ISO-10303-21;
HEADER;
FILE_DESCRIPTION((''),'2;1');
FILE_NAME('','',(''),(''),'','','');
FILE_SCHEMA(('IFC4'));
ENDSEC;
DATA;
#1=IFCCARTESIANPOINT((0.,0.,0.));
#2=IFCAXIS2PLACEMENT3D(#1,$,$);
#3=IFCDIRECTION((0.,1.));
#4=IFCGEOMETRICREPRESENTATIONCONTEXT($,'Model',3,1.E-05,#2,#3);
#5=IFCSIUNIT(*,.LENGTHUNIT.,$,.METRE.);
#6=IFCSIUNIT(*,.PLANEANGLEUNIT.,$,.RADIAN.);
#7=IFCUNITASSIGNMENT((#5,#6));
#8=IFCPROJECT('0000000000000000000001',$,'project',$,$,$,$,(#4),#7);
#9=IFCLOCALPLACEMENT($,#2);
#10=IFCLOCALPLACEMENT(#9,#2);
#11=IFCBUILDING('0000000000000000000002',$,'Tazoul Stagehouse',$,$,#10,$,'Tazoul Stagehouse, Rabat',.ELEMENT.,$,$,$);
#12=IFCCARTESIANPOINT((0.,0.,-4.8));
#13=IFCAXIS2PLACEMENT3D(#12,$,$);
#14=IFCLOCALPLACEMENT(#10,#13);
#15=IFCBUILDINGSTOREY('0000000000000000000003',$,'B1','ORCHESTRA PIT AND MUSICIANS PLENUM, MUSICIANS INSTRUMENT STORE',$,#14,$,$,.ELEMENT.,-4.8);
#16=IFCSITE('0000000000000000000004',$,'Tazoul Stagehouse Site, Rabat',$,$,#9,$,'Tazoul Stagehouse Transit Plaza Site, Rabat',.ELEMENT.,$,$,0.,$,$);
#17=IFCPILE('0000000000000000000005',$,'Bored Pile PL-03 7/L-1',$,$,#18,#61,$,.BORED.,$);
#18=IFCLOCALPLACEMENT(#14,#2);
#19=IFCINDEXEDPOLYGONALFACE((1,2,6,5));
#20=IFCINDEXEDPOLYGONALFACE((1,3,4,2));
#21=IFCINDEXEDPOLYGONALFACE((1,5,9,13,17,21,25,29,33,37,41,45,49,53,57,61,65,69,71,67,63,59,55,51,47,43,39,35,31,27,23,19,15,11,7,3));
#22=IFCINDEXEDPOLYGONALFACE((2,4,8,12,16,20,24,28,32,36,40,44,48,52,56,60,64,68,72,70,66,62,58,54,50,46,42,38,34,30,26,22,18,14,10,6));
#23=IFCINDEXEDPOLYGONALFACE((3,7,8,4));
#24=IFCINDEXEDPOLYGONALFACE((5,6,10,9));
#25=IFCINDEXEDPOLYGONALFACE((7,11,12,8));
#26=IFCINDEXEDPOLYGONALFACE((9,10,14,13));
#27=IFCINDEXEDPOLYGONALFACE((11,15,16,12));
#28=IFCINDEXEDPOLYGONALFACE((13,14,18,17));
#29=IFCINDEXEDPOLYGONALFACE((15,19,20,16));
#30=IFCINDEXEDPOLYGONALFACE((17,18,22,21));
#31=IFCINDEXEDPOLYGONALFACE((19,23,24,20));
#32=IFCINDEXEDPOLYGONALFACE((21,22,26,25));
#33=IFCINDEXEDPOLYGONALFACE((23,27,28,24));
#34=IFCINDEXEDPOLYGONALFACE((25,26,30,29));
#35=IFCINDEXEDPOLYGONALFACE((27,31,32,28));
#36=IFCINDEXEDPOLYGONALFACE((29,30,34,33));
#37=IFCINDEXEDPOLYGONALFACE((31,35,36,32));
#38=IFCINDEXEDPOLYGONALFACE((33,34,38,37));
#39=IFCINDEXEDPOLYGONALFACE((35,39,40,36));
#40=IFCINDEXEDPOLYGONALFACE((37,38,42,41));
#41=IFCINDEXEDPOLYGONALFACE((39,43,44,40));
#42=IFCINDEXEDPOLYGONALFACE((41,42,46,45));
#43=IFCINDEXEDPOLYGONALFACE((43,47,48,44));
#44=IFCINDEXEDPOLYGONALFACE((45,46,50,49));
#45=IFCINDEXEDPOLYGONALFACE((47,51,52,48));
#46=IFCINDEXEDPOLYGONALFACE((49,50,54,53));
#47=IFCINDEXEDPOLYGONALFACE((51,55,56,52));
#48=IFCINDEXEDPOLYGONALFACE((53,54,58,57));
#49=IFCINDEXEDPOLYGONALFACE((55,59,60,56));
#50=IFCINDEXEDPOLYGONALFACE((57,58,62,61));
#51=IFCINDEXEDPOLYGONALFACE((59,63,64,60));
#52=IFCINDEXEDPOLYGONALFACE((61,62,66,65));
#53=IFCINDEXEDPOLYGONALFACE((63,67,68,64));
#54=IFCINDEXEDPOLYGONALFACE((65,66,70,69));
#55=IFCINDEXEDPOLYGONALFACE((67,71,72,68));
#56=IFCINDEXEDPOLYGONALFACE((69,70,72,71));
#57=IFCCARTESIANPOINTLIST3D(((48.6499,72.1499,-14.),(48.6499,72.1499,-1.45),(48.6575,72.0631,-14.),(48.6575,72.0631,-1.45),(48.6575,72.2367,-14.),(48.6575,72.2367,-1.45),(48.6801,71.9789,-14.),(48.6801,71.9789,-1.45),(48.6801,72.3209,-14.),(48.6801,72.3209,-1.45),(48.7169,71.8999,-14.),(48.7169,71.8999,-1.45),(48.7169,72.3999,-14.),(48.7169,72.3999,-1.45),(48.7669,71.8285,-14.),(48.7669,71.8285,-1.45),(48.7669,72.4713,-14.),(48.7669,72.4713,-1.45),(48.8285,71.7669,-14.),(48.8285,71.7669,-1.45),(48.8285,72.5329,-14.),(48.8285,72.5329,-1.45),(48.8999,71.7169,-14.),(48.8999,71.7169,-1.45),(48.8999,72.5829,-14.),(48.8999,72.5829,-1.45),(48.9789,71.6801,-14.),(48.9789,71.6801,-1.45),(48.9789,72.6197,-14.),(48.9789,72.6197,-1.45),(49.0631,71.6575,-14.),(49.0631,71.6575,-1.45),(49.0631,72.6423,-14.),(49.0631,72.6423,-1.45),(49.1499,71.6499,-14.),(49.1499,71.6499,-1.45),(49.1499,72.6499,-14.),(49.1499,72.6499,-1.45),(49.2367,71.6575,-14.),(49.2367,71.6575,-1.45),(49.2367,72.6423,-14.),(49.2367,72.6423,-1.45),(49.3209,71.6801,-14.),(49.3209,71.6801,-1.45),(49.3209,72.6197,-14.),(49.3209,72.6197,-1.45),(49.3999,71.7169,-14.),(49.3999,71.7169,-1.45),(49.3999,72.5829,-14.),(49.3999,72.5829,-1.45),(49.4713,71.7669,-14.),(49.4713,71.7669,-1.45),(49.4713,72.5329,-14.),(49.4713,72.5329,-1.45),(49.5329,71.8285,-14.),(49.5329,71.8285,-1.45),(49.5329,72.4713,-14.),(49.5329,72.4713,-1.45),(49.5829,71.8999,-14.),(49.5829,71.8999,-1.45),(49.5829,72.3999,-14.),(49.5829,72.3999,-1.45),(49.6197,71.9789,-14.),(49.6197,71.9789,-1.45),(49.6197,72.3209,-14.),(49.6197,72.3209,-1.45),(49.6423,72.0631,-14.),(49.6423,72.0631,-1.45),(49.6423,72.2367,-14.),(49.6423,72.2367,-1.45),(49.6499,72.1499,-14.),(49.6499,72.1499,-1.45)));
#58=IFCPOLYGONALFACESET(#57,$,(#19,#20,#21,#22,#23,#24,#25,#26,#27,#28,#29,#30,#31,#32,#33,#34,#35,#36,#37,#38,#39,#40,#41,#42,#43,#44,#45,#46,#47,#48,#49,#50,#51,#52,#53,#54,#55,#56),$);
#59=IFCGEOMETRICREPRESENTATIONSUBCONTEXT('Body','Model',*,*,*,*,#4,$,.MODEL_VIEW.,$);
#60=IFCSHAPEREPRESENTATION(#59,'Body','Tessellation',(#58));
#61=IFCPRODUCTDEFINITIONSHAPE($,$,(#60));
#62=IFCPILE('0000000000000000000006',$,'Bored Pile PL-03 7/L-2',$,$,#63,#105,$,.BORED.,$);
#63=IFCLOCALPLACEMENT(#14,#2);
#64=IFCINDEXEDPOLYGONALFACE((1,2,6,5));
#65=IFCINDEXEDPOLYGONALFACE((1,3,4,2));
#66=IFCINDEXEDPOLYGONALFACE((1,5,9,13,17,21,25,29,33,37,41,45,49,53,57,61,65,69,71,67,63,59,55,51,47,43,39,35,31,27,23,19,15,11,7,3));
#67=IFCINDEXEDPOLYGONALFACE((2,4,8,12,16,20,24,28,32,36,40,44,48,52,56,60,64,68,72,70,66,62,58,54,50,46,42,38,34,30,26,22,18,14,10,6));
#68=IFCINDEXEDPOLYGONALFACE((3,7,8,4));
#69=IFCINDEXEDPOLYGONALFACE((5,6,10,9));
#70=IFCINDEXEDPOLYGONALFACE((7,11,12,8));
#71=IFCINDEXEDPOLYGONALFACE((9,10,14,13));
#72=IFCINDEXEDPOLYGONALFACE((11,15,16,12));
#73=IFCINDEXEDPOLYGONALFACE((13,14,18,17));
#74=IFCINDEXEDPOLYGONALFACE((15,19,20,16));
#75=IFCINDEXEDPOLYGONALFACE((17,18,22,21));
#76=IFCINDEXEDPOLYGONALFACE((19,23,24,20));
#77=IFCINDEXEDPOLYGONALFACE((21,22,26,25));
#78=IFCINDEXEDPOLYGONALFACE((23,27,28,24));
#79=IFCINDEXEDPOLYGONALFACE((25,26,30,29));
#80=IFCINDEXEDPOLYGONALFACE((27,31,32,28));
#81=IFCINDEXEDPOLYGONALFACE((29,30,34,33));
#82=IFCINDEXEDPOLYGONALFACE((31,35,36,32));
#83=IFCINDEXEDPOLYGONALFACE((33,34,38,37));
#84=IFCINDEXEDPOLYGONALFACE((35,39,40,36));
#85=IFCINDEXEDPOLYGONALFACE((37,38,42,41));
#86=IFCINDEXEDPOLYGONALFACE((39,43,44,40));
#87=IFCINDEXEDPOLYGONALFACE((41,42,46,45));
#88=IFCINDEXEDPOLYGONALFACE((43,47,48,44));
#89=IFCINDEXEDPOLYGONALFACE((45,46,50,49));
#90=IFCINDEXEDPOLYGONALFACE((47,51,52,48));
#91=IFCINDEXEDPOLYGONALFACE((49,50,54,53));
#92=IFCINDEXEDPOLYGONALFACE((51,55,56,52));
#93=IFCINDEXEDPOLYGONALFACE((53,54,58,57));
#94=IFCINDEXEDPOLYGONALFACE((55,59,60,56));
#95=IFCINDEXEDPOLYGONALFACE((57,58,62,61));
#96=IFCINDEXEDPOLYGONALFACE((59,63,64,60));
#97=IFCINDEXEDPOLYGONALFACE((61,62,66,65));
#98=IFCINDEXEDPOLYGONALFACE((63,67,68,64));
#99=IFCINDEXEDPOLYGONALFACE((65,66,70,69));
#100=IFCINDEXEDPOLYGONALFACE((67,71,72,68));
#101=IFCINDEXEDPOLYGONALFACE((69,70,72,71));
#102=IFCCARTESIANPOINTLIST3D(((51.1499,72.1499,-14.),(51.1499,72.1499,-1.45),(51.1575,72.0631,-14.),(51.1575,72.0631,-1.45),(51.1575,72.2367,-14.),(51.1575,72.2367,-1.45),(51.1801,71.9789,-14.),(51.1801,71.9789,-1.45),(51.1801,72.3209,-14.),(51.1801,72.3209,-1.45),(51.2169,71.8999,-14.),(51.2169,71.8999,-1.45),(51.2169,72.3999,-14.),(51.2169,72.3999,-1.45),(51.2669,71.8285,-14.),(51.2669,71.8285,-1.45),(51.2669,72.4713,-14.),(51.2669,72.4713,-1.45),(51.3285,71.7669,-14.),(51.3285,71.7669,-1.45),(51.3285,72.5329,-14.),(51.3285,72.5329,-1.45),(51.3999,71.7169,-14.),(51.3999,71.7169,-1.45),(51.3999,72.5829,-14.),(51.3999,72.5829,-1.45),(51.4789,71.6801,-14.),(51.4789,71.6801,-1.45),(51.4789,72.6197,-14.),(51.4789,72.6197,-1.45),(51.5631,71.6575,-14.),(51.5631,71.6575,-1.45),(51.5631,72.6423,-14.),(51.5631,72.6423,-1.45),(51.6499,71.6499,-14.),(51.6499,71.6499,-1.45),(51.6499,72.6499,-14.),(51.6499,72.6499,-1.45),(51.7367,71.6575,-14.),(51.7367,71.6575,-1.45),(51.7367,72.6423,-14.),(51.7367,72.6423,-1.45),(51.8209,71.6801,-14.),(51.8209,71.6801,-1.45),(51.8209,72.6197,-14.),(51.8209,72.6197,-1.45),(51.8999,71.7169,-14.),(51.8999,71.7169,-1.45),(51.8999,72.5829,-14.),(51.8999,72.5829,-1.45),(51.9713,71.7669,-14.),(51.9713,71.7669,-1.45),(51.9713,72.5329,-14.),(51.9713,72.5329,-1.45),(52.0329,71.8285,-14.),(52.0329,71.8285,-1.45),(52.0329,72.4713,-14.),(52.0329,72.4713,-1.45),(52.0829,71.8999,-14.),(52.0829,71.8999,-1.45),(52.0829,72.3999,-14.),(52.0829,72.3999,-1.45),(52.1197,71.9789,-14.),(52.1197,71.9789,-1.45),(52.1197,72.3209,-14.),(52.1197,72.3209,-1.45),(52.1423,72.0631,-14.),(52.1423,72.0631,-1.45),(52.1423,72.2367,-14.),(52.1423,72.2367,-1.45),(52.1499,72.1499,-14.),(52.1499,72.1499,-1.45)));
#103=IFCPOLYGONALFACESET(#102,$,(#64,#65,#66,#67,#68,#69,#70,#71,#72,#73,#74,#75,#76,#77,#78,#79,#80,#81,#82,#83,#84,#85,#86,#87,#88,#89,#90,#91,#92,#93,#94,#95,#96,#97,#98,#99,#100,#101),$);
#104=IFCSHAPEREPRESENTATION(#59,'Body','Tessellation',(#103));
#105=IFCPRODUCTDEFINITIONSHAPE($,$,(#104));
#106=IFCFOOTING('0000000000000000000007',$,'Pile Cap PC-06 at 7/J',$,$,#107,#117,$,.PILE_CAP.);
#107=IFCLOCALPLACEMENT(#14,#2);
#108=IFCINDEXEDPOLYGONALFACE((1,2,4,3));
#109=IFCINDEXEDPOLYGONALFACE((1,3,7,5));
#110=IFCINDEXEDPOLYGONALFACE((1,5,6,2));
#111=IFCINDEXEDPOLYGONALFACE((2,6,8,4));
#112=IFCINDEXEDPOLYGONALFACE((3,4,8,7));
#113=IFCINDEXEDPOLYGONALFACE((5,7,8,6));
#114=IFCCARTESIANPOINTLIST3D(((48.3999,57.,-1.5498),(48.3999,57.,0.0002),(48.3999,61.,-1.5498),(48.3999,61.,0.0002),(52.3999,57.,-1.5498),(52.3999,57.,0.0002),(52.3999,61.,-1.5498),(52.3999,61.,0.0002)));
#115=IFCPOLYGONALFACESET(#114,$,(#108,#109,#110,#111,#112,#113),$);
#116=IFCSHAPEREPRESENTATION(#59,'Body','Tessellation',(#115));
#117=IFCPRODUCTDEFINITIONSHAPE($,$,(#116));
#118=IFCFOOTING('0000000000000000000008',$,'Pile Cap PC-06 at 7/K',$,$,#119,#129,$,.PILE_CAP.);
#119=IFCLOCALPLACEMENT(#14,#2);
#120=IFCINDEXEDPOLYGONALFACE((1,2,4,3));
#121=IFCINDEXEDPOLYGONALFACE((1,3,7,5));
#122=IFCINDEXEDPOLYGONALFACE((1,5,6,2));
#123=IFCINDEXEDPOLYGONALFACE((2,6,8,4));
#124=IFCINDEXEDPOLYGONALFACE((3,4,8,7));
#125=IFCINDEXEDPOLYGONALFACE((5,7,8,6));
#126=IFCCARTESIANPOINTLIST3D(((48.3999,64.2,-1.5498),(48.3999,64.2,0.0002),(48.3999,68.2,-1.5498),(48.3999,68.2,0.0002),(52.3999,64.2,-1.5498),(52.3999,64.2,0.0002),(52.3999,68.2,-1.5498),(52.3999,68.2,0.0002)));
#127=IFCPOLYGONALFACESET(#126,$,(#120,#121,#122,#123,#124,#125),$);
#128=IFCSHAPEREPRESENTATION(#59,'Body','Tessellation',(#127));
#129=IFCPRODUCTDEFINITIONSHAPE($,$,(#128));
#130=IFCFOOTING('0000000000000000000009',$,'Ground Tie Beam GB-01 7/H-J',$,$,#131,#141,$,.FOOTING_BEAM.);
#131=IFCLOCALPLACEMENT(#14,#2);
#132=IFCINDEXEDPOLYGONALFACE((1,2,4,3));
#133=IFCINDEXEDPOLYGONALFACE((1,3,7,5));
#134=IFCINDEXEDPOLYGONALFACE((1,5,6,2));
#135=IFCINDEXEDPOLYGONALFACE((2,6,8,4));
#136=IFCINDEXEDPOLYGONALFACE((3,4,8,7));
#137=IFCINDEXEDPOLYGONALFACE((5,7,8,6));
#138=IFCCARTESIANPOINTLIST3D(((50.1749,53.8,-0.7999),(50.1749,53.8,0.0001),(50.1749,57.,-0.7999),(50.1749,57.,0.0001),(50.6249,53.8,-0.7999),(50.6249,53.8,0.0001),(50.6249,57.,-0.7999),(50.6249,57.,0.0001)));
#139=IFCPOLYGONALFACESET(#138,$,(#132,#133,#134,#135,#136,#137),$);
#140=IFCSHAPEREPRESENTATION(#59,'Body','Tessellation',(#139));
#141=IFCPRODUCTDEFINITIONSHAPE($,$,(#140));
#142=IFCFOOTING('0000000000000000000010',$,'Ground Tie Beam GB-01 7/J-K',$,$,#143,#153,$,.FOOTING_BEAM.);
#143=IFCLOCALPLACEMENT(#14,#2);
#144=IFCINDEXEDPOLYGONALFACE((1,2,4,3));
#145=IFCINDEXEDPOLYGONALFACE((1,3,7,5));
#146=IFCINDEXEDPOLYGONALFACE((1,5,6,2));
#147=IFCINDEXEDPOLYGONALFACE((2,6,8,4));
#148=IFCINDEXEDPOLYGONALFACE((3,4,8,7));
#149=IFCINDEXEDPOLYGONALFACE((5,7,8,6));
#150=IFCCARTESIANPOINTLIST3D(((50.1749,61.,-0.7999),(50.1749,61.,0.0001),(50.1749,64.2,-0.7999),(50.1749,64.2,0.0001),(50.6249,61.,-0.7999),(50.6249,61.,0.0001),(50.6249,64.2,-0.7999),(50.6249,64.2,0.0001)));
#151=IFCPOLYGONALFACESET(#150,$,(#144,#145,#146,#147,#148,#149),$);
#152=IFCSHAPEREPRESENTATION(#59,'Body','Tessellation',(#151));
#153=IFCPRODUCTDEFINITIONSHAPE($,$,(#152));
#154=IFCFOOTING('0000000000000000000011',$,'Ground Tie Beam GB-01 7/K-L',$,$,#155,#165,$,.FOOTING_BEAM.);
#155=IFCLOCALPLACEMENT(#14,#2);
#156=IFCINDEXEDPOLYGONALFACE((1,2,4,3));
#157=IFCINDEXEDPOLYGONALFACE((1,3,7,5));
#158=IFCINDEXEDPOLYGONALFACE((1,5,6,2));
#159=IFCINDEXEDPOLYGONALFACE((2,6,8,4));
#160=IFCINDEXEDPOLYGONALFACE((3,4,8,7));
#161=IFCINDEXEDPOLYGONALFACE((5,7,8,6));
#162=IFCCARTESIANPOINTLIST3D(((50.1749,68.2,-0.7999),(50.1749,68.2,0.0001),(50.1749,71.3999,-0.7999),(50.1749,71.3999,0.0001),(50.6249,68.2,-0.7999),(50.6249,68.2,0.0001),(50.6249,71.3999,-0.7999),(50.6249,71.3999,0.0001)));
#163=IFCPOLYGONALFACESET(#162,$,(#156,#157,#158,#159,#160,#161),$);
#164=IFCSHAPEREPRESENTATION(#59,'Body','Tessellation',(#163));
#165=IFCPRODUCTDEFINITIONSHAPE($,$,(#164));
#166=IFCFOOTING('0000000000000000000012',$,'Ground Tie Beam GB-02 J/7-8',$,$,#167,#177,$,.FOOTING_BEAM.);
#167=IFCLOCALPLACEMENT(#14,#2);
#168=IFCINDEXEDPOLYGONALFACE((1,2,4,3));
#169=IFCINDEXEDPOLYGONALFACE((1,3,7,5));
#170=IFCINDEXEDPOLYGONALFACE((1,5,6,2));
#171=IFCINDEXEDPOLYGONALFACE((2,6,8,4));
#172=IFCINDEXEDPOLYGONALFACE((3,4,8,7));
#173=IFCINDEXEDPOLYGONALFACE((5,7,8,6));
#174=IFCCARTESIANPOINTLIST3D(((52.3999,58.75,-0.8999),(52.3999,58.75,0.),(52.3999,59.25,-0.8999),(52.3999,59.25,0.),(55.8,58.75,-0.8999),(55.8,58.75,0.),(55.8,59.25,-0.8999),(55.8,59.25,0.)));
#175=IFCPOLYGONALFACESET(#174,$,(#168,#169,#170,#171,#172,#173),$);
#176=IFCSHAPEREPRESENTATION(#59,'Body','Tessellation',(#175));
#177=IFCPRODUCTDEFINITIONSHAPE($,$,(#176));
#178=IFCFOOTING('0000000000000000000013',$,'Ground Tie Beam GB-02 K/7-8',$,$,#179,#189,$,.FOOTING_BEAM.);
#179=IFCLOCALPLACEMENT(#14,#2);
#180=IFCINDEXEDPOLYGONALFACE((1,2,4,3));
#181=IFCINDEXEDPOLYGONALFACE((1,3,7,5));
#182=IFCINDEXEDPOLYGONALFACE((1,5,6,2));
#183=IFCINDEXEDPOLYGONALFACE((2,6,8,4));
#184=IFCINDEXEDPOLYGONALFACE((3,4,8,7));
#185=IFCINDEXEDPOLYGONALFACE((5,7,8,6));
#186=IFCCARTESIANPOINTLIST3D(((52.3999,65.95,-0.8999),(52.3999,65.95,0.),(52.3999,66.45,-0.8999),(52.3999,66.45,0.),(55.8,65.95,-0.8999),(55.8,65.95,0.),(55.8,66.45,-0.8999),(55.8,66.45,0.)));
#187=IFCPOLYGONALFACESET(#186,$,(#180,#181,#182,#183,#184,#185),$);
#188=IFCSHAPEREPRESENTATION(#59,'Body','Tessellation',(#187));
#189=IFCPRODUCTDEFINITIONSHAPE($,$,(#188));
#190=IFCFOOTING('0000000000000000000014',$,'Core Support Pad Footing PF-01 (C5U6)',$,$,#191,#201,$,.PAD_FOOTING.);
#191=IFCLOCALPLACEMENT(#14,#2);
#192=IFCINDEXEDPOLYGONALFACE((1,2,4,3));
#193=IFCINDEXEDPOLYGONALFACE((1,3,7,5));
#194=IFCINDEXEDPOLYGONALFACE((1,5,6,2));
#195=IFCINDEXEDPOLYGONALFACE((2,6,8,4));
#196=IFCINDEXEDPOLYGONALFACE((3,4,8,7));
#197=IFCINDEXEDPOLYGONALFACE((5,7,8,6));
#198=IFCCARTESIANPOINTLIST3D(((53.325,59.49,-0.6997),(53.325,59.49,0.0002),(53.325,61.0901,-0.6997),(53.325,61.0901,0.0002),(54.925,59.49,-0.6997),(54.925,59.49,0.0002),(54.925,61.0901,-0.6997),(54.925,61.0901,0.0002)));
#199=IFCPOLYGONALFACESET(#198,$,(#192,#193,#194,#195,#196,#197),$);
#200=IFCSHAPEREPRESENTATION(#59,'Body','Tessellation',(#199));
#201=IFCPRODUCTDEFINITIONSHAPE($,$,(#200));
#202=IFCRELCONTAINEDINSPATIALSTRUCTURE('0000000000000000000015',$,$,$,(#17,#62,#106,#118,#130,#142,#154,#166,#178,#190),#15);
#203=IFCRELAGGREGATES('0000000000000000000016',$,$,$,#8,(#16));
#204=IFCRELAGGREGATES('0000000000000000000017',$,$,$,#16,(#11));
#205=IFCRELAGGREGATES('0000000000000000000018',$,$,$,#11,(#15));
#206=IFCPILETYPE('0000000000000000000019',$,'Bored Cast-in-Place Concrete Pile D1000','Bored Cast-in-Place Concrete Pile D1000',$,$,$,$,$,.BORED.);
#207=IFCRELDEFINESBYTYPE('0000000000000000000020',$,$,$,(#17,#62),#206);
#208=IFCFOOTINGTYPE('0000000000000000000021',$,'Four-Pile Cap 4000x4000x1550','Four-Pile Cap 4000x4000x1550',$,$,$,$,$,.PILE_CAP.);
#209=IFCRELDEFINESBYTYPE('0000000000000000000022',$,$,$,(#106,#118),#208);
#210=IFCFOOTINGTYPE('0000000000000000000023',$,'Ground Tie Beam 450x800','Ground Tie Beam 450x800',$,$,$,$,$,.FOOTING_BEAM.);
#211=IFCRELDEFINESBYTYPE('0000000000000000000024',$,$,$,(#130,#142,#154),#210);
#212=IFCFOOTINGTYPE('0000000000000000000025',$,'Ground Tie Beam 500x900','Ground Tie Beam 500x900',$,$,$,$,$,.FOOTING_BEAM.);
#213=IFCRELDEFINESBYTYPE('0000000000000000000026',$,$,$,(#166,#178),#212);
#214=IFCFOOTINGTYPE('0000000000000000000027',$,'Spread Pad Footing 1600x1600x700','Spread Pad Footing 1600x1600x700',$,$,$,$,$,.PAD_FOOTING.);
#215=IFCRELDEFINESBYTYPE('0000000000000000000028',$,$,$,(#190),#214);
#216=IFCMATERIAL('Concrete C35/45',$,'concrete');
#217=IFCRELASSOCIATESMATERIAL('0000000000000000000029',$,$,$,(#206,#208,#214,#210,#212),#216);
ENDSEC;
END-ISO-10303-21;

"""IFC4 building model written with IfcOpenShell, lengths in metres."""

from ifc_helpers import new_model, si_unit, direction, frame, origin, origin_2d, place, context, subcontext, project, spatial, rectangle, circle, extrude, material, material_profile, profile_set, type_object, element, save


model = new_model("IFC4")

# Units and contexts
model_context = context("Model", 3, precision=1e-05, world=origin(), true_north=direction((0.0, 1.0)))
body_context = subcontext(model_context, "Body", "Model", "MODEL_VIEW")
ifc_project = project(units=[si_unit("LENGTHUNIT", "METRE"), si_unit("PLANEANGLEUNIT", "RADIAN")], contexts=[model_context])

# Site, building, storey
site_placement = place(None, origin())
site = spatial("IfcSite", under=ifc_project, at=site_placement, Name="Tazoul Stagehouse Site, Rabat", LongName="Tazoul Stagehouse Transit Plaza Site, Rabat", CompositionType="ELEMENT", RefElevation=0.0)
building_placement = place(site_placement, origin())
building = spatial("IfcBuilding", under=site, at=building_placement, Name="Tazoul Stagehouse", LongName="Tazoul Stagehouse, Rabat", CompositionType="ELEMENT")
storey_placement = place(building_placement, frame((0.0, 0.0, -4.8)))
storey = spatial("IfcBuildingStorey", under=building, at=storey_placement, Name="B1", Description="ORCHESTRA PIT AND MUSICIANS PLENUM, MUSICIANS INSTRUMENT STORE", CompositionType="ELEMENT", Elevation=-4.8)

# Piles
ifc_material_1 = material(Name="Concrete C35/45", Category="concrete")
ifc_material_profile_1 = material_profile(ifc_material_1, circle(Radius=0.5, at=origin_2d()), Name="BORED PILE 1000")
ifc_profile_set_1 = profile_set([ifc_material_profile_1], Name="Concrete C35/45")
pile_type = type_object("IfcPileType", Name="Bored Cast-in-Place Concrete Pile D1000", Description="Bored Cast-in-Place Concrete Pile D1000", PredefinedType="BORED", material=ifc_profile_set_1)
for number, where, z_axis, x_axis, name in (
    (1, (49.1499, 72.1499, -1.45), (0.0, 0.0, -1.0), (1.0, 0.0, 0.0), "Bored Pile PL-03 7/L-1"),
    (2, (51.6499, 72.1499, -1.45), (0.0, 0.0, -1.0), (1.0, 0.0, 0.0), "Bored Pile PL-03 7/L-2"),
):
    element("IfcPile", number, at=place(storey_placement, frame(where, z_axis=z_axis, x_axis=x_axis)), inside=storey, type_object=pile_type, Name=name, PredefinedType="BORED", context=body_context, shape_type="SweptSolid", body=[
        extrude(circle(Radius=0.5, at=origin_2d()), origin(), (0.0, 0.0, 1.0), 12.55),
    ])

# Footings
footing_type_1 = type_object("IfcFootingType", Name="Four-Pile Cap 4000x4000x1550", Description="Four-Pile Cap 4000x4000x1550", PredefinedType="PILE_CAP", material=ifc_material_1)
for number, where, z_axis, x_axis, name in (
    (3, (50.3999, 59.0, -1.5498), (0.0, 0.0, 1.0), (1.0, 0.0, 0.0), "Pile Cap PC-06 at 7/J"),
    (4, (50.3999, 66.2, -1.5498), (0.0, 0.0, 1.0), (1.0, 0.0, 0.0), "Pile Cap PC-06 at 7/K"),
):
    element("IfcFooting", number, at=place(storey_placement, frame(where, z_axis=z_axis, x_axis=x_axis)), inside=storey, type_object=footing_type_1, Name=name, PredefinedType="PILE_CAP", context=body_context, shape_type="SweptSolid", body=[
        extrude(rectangle(XDim=4.0, YDim=4.0, at=origin_2d()), origin(), (0.0, 0.0, 1.0), 1.55),
    ])
ifc_material_profile_2 = material_profile(ifc_material_1, rectangle(XDim=0.45, YDim=0.8, at=origin_2d()), Name="RC 450x800")
ifc_profile_set_2 = profile_set([ifc_material_profile_2], Name="Concrete C35/45")
footing_type_2 = type_object("IfcFootingType", Name="Ground Tie Beam 450x800", Description="Ground Tie Beam 450x800", PredefinedType="FOOTING_BEAM", material=ifc_profile_set_2)
for number, where, z_axis, x_axis, name in (
    (5, (50.3999, 53.8, -0.3999), (0.0, 1.0, 0.0), (-1.0, 0.0, 0.0), "Ground Tie Beam GB-01 7/H-J"),
    (6, (50.3999, 61.0, -0.3999), (0.0, 1.0, 0.0), (-1.0, 0.0, 0.0), "Ground Tie Beam GB-01 7/J-K"),
    (7, (50.3999, 68.2, -0.3999), (0.0, 1.0, 0.0), (-1.0, 0.0, 0.0), "Ground Tie Beam GB-01 7/K-L"),
):
    element("IfcFooting", number, at=place(storey_placement, frame(where, z_axis=z_axis, x_axis=x_axis)), inside=storey, type_object=footing_type_2, Name=name, PredefinedType="FOOTING_BEAM", context=body_context, shape_type="SweptSolid", body=[
        extrude(rectangle(XDim=0.45, YDim=0.8, at=origin_2d()), origin(), (0.0, 0.0, 1.0), 3.2),
    ])
ifc_material_profile_3 = material_profile(ifc_material_1, rectangle(XDim=0.5, YDim=0.8999, at=origin_2d()), Name="RC 500x900")
ifc_profile_set_3 = profile_set([ifc_material_profile_3], Name="Concrete C35/45")
footing_type_3 = type_object("IfcFootingType", Name="Ground Tie Beam 500x900", Description="Ground Tie Beam 500x900", PredefinedType="FOOTING_BEAM", material=ifc_profile_set_3)
for number, where, z_axis, x_axis, name in (
    (8, (52.3999, 59.0, -0.45), (1.0, 0.0, 0.0), (0.0, 1.0, 0.0), "Ground Tie Beam GB-02 J/7-8"),
    (9, (52.3999, 66.2, -0.45), (1.0, 0.0, 0.0), (0.0, 1.0, 0.0), "Ground Tie Beam GB-02 K/7-8"),
):
    element("IfcFooting", number, at=place(storey_placement, frame(where, z_axis=z_axis, x_axis=x_axis)), inside=storey, type_object=footing_type_3, Name=name, PredefinedType="FOOTING_BEAM", context=body_context, shape_type="SweptSolid", body=[
        extrude(rectangle(XDim=0.5, YDim=0.8999, at=origin_2d()), origin(), (0.0, 0.0, 1.0), 3.4001),
    ])
footing_type_4 = type_object("IfcFootingType", Name="Spread Pad Footing 1600x1600x700", Description="Spread Pad Footing 1600x1600x700", PredefinedType="PAD_FOOTING", material=ifc_material_1)
for number, where, z_axis, x_axis, name in (
    (10, (54.125, 60.29, -0.6997), (0.0, 0.0, 1.0), (1.0, 0.0, 0.0), "Core Support Pad Footing PF-01 (C5U6)"),
):
    element("IfcFooting", number, at=place(storey_placement, frame(where, z_axis=z_axis, x_axis=x_axis)), inside=storey, type_object=footing_type_4, Name=name, PredefinedType="PAD_FOOTING", context=body_context, shape_type="SweptSolid", body=[
        extrude(rectangle(XDim=1.6001, YDim=1.6001, at=origin_2d()), origin(), (0.0, 0.0, 1.0), 0.7),
    ])

save(model, "model.ifc")
